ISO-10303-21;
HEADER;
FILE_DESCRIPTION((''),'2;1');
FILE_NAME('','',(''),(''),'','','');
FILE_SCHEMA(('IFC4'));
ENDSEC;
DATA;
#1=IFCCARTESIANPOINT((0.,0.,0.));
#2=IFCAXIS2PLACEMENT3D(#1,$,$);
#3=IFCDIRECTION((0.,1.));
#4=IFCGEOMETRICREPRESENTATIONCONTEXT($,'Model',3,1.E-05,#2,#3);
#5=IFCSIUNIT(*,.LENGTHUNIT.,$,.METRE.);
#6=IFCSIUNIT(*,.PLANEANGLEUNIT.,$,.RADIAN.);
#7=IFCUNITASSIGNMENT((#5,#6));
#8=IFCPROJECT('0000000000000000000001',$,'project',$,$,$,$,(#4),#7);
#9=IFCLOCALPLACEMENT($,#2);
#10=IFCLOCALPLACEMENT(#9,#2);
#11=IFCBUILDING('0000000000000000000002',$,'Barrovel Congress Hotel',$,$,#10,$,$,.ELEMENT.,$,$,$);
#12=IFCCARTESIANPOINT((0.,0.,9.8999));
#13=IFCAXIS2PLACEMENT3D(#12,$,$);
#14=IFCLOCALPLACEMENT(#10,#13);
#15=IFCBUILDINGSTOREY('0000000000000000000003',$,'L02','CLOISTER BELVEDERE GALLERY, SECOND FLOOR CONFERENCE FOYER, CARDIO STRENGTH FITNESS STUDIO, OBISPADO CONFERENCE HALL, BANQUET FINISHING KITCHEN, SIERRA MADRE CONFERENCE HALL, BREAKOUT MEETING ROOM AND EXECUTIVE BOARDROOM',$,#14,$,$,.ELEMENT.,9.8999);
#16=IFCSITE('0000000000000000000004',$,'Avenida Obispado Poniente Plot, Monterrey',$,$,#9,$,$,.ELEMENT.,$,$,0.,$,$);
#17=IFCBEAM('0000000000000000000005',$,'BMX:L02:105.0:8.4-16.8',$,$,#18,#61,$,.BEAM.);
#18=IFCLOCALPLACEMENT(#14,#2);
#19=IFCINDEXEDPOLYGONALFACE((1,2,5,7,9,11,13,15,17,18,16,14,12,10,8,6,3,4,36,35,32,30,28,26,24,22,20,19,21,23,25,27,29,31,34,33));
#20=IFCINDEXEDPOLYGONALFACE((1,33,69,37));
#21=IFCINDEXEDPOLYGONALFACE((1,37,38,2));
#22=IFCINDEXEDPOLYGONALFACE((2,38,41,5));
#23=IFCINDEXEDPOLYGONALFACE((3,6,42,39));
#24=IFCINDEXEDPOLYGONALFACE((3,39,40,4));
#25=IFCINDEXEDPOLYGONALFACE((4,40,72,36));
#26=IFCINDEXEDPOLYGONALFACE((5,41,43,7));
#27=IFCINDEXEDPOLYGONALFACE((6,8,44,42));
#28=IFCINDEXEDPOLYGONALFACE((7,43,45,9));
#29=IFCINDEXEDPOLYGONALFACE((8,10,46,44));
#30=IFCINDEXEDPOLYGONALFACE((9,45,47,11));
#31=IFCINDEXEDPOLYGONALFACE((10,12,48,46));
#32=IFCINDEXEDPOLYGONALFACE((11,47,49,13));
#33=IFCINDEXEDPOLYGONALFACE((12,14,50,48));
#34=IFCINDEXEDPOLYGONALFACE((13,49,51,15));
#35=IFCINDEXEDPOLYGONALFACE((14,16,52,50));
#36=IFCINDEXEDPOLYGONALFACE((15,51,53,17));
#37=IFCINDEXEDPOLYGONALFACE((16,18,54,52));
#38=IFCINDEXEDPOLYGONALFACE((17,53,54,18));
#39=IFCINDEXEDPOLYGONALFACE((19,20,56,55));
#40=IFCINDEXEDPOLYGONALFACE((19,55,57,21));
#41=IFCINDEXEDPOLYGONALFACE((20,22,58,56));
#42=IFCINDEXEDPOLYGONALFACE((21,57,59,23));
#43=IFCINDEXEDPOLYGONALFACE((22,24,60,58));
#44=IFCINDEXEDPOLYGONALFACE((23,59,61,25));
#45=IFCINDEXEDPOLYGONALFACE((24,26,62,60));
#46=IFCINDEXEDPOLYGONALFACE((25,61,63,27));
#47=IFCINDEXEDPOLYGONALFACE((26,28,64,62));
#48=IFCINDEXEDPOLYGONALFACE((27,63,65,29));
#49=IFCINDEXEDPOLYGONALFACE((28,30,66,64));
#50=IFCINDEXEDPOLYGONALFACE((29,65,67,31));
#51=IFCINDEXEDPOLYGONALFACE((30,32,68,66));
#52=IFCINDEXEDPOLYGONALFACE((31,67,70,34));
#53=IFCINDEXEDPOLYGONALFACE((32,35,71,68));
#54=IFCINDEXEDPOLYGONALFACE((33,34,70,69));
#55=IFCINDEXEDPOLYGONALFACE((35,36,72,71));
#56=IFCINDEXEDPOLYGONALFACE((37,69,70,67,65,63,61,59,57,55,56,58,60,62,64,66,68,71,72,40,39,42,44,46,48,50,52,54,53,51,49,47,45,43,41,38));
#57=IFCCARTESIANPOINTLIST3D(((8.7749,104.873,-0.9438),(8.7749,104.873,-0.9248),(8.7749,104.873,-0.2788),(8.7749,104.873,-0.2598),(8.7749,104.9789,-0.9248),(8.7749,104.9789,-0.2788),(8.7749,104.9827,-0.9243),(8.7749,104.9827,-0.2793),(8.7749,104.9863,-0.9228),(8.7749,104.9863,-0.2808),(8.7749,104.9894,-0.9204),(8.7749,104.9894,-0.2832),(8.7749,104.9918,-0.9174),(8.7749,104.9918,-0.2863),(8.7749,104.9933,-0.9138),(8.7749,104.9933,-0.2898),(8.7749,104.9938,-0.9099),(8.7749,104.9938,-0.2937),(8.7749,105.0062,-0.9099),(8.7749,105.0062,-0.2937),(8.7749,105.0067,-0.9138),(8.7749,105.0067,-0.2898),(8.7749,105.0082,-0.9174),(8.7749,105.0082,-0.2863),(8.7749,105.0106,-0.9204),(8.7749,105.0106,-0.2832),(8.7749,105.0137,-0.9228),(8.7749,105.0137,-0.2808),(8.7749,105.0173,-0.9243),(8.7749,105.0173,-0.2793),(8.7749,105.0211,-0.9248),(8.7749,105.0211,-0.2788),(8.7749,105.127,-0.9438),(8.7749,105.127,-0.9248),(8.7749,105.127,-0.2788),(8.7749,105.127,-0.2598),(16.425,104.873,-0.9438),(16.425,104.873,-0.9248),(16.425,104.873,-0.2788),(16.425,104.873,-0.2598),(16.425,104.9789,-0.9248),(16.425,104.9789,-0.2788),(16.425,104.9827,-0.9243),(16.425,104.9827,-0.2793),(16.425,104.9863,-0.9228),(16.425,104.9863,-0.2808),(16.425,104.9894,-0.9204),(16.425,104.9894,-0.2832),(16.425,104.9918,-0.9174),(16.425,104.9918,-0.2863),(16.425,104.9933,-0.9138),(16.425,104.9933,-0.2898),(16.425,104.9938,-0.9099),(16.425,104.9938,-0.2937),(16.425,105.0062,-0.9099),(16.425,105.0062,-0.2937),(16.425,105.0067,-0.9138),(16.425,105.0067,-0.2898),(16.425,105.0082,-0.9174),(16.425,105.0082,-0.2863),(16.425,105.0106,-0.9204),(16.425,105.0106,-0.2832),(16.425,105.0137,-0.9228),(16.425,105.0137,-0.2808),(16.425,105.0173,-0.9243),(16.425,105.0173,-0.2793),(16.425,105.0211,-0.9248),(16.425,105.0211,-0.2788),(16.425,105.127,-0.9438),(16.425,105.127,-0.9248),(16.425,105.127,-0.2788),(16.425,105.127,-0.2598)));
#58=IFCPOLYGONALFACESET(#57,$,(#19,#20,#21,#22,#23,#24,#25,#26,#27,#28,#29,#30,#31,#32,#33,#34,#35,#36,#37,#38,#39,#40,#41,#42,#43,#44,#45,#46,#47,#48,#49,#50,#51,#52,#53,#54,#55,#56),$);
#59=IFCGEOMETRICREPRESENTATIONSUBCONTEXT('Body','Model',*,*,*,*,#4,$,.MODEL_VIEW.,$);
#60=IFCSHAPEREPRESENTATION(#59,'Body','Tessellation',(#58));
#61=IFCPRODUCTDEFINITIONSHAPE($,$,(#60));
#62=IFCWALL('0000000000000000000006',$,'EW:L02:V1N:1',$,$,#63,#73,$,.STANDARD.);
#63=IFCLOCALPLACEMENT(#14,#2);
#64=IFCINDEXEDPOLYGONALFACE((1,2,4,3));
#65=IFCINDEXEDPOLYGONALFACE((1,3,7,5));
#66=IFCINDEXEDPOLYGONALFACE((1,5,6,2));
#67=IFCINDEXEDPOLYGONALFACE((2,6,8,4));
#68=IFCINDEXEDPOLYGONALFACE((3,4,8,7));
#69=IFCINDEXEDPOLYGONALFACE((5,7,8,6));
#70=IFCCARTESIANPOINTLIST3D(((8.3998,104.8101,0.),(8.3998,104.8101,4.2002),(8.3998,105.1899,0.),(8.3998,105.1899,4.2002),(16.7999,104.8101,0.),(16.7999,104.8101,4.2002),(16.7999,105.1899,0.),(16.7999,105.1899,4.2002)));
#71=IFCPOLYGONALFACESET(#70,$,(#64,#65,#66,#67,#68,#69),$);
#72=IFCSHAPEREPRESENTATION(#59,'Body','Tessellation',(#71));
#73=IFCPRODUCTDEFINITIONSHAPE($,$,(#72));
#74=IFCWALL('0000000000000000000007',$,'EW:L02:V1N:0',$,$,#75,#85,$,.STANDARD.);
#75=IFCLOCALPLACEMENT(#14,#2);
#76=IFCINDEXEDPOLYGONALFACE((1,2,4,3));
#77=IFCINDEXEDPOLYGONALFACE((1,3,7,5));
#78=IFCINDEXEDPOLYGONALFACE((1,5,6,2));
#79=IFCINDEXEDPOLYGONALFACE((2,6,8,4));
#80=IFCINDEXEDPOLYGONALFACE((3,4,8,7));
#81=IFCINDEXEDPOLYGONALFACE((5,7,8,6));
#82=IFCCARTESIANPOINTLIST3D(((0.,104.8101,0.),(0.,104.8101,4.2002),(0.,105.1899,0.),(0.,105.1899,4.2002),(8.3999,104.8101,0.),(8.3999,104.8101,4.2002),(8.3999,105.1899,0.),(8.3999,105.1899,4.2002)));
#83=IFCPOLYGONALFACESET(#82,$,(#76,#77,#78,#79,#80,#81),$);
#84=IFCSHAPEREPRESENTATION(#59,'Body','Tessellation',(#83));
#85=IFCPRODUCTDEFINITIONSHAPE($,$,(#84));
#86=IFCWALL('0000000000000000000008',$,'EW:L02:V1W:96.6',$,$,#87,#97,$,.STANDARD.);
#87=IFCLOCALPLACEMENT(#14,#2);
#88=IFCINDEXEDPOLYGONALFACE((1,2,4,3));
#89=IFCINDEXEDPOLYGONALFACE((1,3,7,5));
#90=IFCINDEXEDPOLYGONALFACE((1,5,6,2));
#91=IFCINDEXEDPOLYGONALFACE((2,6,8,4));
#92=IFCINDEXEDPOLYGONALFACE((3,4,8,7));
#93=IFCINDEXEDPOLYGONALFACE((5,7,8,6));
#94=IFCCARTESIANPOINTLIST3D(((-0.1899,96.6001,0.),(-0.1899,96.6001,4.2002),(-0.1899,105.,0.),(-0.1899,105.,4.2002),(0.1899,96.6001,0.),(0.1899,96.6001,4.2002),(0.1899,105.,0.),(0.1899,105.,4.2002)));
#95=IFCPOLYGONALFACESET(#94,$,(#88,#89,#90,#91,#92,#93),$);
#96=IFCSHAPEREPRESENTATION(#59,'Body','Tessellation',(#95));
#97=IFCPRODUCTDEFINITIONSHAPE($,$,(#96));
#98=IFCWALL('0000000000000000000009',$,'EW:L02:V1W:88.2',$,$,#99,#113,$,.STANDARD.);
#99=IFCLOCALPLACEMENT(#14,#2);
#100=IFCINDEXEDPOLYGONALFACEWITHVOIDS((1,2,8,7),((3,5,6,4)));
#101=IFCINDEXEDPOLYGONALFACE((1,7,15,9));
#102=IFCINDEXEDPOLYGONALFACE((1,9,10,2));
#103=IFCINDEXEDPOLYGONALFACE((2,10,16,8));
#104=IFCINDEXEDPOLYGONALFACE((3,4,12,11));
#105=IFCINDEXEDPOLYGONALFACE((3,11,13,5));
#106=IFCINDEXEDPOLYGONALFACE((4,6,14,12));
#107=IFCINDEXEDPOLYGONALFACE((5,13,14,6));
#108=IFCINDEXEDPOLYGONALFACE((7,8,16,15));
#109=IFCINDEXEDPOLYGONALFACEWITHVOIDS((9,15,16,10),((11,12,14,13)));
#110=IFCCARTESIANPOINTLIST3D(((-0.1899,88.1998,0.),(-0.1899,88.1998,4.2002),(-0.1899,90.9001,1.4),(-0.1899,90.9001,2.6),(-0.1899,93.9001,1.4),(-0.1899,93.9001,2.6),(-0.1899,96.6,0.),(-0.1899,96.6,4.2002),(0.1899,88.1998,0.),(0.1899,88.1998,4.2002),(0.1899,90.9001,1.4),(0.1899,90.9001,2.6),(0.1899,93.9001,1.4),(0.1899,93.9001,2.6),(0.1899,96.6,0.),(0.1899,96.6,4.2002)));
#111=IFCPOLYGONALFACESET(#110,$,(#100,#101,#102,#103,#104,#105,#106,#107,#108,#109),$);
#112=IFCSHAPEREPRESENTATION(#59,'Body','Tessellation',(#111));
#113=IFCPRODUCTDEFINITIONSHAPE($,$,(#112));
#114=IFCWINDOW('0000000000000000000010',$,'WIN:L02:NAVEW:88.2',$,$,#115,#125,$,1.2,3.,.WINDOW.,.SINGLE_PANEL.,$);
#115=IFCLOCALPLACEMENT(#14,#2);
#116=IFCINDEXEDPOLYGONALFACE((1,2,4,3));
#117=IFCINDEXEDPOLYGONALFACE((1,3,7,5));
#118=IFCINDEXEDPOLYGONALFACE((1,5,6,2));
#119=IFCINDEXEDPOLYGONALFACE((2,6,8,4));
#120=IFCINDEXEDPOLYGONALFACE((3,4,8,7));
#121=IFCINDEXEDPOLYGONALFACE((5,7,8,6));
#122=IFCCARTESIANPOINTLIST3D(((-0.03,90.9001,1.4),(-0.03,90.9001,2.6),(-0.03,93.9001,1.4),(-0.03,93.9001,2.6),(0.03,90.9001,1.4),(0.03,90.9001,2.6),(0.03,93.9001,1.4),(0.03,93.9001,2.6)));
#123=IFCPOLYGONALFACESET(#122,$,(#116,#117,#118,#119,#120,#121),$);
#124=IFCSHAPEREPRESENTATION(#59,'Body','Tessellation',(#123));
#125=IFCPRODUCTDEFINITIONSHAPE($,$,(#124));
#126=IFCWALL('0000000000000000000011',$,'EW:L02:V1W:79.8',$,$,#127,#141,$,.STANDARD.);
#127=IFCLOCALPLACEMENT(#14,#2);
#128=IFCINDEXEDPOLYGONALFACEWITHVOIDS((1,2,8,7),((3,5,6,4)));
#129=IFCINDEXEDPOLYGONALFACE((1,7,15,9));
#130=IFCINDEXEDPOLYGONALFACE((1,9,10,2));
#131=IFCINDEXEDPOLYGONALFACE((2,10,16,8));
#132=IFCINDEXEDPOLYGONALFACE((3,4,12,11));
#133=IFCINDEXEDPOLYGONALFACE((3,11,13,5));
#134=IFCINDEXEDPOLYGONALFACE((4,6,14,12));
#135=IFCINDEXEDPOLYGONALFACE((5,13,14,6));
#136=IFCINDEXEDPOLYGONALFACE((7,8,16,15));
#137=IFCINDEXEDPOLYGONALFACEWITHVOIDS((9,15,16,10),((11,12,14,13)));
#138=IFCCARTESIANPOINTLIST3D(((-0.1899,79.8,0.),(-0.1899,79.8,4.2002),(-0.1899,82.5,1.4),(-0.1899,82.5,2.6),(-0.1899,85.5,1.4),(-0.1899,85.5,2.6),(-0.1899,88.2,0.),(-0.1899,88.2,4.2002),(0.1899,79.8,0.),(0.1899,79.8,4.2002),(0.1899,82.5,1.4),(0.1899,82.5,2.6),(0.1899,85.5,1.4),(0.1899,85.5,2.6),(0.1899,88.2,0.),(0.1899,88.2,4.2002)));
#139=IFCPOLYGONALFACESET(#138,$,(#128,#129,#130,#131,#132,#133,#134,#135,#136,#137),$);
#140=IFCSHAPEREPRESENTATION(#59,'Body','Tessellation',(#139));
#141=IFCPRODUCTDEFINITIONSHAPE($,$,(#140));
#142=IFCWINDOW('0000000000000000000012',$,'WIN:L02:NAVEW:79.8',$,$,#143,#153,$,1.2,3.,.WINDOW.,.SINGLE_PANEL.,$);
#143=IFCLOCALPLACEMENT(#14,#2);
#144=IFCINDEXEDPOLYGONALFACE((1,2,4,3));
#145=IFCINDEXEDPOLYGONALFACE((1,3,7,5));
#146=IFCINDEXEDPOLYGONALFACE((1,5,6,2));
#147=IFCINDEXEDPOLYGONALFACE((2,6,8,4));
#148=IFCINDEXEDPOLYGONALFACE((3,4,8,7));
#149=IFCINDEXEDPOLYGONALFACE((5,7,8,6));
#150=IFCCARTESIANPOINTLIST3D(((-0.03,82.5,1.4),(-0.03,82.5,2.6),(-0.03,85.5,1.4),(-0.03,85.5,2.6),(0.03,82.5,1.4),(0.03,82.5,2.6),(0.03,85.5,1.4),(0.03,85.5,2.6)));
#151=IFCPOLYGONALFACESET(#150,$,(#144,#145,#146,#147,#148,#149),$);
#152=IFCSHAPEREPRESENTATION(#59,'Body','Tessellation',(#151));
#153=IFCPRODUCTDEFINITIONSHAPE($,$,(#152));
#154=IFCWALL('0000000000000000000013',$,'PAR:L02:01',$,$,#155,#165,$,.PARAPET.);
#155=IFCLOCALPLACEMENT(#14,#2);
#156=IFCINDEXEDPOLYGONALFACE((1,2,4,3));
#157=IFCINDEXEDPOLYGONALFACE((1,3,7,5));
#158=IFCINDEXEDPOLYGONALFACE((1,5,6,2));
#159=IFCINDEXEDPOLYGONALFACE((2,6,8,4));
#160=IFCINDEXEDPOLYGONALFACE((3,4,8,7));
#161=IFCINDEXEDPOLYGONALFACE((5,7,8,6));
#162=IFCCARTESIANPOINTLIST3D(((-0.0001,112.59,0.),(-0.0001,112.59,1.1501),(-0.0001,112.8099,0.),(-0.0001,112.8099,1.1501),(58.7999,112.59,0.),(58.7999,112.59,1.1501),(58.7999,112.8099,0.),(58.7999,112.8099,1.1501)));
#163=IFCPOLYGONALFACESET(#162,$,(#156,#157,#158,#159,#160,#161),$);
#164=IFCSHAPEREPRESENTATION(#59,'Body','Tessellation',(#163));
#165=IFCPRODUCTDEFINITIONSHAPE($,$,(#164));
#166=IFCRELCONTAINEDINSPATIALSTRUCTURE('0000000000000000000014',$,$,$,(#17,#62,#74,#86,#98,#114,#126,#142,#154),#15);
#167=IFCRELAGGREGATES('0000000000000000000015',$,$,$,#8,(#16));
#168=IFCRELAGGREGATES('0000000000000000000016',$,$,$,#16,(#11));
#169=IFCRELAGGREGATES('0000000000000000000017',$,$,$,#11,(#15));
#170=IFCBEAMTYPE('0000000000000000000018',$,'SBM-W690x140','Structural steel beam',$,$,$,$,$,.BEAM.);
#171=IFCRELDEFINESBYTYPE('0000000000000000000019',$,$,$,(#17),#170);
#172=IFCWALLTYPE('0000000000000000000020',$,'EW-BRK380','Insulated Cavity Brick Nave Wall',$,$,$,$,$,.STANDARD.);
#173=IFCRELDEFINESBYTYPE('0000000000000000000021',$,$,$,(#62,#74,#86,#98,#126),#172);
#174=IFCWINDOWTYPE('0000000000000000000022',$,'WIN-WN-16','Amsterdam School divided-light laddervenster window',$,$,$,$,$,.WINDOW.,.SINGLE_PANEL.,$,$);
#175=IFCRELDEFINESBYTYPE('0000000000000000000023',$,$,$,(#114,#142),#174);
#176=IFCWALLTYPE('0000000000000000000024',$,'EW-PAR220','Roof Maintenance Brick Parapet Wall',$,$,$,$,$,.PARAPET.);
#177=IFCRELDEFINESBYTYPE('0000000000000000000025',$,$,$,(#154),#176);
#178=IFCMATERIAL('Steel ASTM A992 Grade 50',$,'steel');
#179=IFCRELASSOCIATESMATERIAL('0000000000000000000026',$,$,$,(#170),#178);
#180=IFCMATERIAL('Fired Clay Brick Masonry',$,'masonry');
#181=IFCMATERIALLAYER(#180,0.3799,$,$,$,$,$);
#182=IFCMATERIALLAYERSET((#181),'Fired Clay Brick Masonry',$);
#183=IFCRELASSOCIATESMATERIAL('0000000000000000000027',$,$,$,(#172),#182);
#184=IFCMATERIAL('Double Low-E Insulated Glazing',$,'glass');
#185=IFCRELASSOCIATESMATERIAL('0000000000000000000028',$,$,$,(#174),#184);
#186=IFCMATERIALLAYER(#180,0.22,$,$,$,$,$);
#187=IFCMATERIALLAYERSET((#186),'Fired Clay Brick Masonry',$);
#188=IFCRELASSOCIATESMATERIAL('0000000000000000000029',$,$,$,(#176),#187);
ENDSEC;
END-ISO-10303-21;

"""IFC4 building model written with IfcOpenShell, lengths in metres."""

from ifc_helpers import new_model, si_unit, direction, frame, frame_2d, origin, origin_2d, place, context, subcontext, project, spatial, rectangle, i_section, extrude, material, layer, layer_set, material_profile, profile_set, type_object, element, fill, save


model = new_model("IFC4")

# Units and contexts
model_context = context("Model", 3, precision=1e-05, world=origin(), true_north=direction((0.0, 1.0)))
body_context = subcontext(model_context, "Body", "Model", "MODEL_VIEW")
ifc_project = project(units=[si_unit("LENGTHUNIT", "METRE"), si_unit("PLANEANGLEUNIT", "RADIAN")], contexts=[model_context])

# Site, building, storey
site_placement = place(None, origin())
site = spatial("IfcSite", under=ifc_project, at=site_placement, Name="Avenida Obispado Poniente Plot, Monterrey", CompositionType="ELEMENT", RefElevation=0.0)
building_placement = place(site_placement, origin())
building = spatial("IfcBuilding", under=site, at=building_placement, Name="Barrovel Congress Hotel", CompositionType="ELEMENT")
storey_placement = place(building_placement, frame((0.0, 0.0, 9.8999)))
storey = spatial("IfcBuildingStorey", under=building, at=storey_placement, Name="L02", Description="CLOISTER BELVEDERE GALLERY, SECOND FLOOR CONFERENCE FOYER, CARDIO STRENGTH FITNESS STUDIO, OBISPADO CONFERENCE HALL, BANQUET FINISHING KITCHEN, SIERRA MADRE CONFERENCE HALL, BREAKOUT MEETING ROOM AND EXECUTIVE BOARDROOM", CompositionType="ELEMENT", Elevation=9.8999)

# Beam
ifc_material_1 = material(Name="Steel ASTM A992 Grade 50", Category="steel")
ifc_material_profile_1 = material_profile(ifc_material_1, i_section(OverallWidth=0.2539, OverallDepth=0.6841, WebThickness=0.0125, FlangeThickness=0.019, FilletRadius=0.0149, at=origin_2d()), Name="W690x140")
ifc_profile_set_1 = profile_set([ifc_material_profile_1], Name="Steel ASTM A992 Grade 50")
beam_type_1 = type_object("IfcBeamType", Name="SBM-W690x140", Description="Structural steel beam", PredefinedType="BEAM", material=ifc_profile_set_1)
beam_1_placement = place(storey_placement, frame((8.7749, 105.0, -0.6018), z_axis=(1.0, 0.0, 0.0), x_axis=(0.0, 1.0, 0.0)))
element("IfcBeam", 1, at=beam_1_placement, inside=storey, type_object=beam_type_1, Name="BMX:L02:105.0:8.4-16.8", PredefinedType="BEAM", context=body_context, shape_type="SweptSolid", body=[
    extrude(i_section(OverallWidth=0.2539, OverallDepth=0.6841, WebThickness=0.0125, FlangeThickness=0.019, FilletRadius=0.0149, at=origin_2d()), origin(), (0.0, 0.0, 1.0), 7.6501),
])

# Walls
ifc_material_2 = material(Name="Fired Clay Brick Masonry", Category="masonry")
ifc_layer_1 = layer(ifc_material_2, 0.3799)
ifc_layer_set_1 = layer_set([ifc_layer_1], Name="Fired Clay Brick Masonry")
wall_type_1 = type_object("IfcWallType", Name="EW-BRK380", Description="Insulated Cavity Brick Nave Wall", PredefinedType="STANDARD", material=ifc_layer_set_1)
wall_1_placement = place(storey_placement, frame((16.8, 105.0, 0.0), z_axis=(0.0, 0.0, 1.0), x_axis=(-1.0, 0.0, 0.0)))
element("IfcWall", 2, at=wall_1_placement, inside=storey, type_object=wall_type_1, Name="EW:L02:V1N:1", PredefinedType="STANDARD", context=body_context, shape_type="SweptSolid", body=[
    extrude(rectangle(XDim=8.4001, YDim=0.3799, at=frame_2d((4.2002, 0.0))), origin(), (0.0, 0.0, 1.0), 4.2002),
])
for number, where, z_axis, x_axis, name in (
    (3, (8.3999, 105.0, 0.0), (0.0, 0.0, 1.0), (-1.0, 0.0, 0.0), "EW:L02:V1N:0"),
    (4, (0.0, 105.0, 0.0), (0.0, 0.0, 1.0), (0.0, -1.0, 0.0), "EW:L02:V1W:96.6"),
):
    element("IfcWall", number, at=place(storey_placement, frame(where, z_axis=z_axis, x_axis=x_axis)), inside=storey, type_object=wall_type_1, Name=name, PredefinedType="STANDARD", context=body_context, shape_type="SweptSolid", body=[
        extrude(rectangle(XDim=8.3999, YDim=0.3799, at=frame_2d((4.2, 0.0))), origin(), (0.0, 0.0, 1.0), 4.2002),
    ])

# Walls, openings, windows
wall_2_placement = place(storey_placement, frame((0.0, 96.6001, 0.0), z_axis=(0.0, 0.0, 1.0), x_axis=(0.0, -1.0, 0.0)))
wall_2 = element("IfcWall", 5, at=wall_2_placement, inside=storey, type_object=wall_type_1, Name="EW:L02:V1W:88.2", PredefinedType="STANDARD", context=body_context, shape_type="SweptSolid", body=[
    extrude(rectangle(XDim=8.4001, YDim=0.3799, at=frame_2d((4.2002, 0.0))), origin(), (0.0, 0.0, 1.0), 4.2002),
])
opening_1_placement = place(wall_2_placement, frame((2.7, 0.0, 1.3999)))
opening_1 = element("IfcOpeningElement", 6, at=opening_1_placement, cuts=wall_2, PredefinedType="OPENING", context=body_context, shape_type="SweptSolid", body=[
    extrude(rectangle(XDim=3.0, YDim=1.2, at=frame_2d((1.5, 0.6001))), frame((0.0, 0.2, 0.0), z_axis=(0.0, -1.0, 0.0), x_axis=(1.0, 0.0, 0.0)), (0.0, 0.0, 1.0), 0.3999),
])
ifc_material_3 = material(Name="Double Low-E Insulated Glazing", Category="glass")
window_type = type_object("IfcWindowType", Name="WIN-WN-16", Description="Amsterdam School divided-light laddervenster window", PartitioningType="SINGLE_PANEL", PredefinedType="WINDOW", material=ifc_material_3)
window_1_placement = place(opening_1_placement, origin())
window_1 = element("IfcWindow", 7, at=window_1_placement, inside=storey, type_object=window_type, Name="WIN:L02:NAVEW:88.2", OverallHeight=1.2, OverallWidth=3.0, PartitioningType="SINGLE_PANEL", PredefinedType="WINDOW", context=body_context, shape_type="SweptSolid", body=[
    extrude(rectangle(XDim=3.0, YDim=1.2, at=frame_2d((1.5, 0.6001))), frame((0.0, 0.03, 0.0), z_axis=(0.0, -1.0, 0.0), x_axis=(1.0, 0.0, 0.0)), (0.0, 0.0, 1.0), 0.0601),
])
fill(opening_1, window_1)
wall_3_placement = place(storey_placement, frame((0.0, 88.2, 0.0), z_axis=(0.0, 0.0, 1.0), x_axis=(0.0, -1.0, 0.0)))
wall_3 = element("IfcWall", 8, at=wall_3_placement, inside=storey, type_object=wall_type_1, Name="EW:L02:V1W:79.8", PredefinedType="STANDARD", context=body_context, shape_type="SweptSolid", body=[
    extrude(rectangle(XDim=8.3999, YDim=0.3799, at=frame_2d((4.2, 0.0))), origin(), (0.0, 0.0, 1.0), 4.2002),
])
opening_2_placement = place(wall_3_placement, frame((2.7, 0.0, 1.3999)))
opening_2 = element("IfcOpeningElement", 9, at=opening_2_placement, cuts=wall_3, PredefinedType="OPENING", context=body_context, shape_type="SweptSolid", body=[
    extrude(rectangle(XDim=3.0, YDim=1.2, at=frame_2d((1.5, 0.6001))), frame((0.0, 0.2, 0.0), z_axis=(0.0, -1.0, 0.0), x_axis=(1.0, 0.0, 0.0)), (0.0, 0.0, 1.0), 0.3999),
])
window_2_placement = place(opening_2_placement, origin())
window_2 = element("IfcWindow", 10, at=window_2_placement, inside=storey, type_object=window_type, Name="WIN:L02:NAVEW:79.8", OverallHeight=1.2, OverallWidth=3.0, PartitioningType="SINGLE_PANEL", PredefinedType="WINDOW", context=body_context, shape_type="SweptSolid", body=[
    extrude(rectangle(XDim=3.0, YDim=1.2, at=frame_2d((1.5, 0.6001))), frame((0.0, 0.03, 0.0), z_axis=(0.0, -1.0, 0.0), x_axis=(1.0, 0.0, 0.0)), (0.0, 0.0, 1.0), 0.0601),
])
fill(opening_2, window_2)

# Wall
ifc_layer_2 = layer(ifc_material_2, 0.22)
ifc_layer_set_2 = layer_set([ifc_layer_2], Name="Fired Clay Brick Masonry")
wall_type_2 = type_object("IfcWallType", Name="EW-PAR220", Description="Roof Maintenance Brick Parapet Wall", PredefinedType="PARAPET", material=ifc_layer_set_2)
wall_4_placement = place(storey_placement, frame((0.0, 112.7, 0.0), z_axis=(0.0, 0.0, 1.0), x_axis=(1.0, 0.0, 0.0)))
element("IfcWall", 11, at=wall_4_placement, inside=storey, type_object=wall_type_2, Name="PAR:L02:01", PredefinedType="PARAPET", context=body_context, shape_type="SweptSolid", body=[
    extrude(rectangle(XDim=58.8, YDim=0.22, at=frame_2d((29.3999, 0.0))), origin(), (0.0, 0.0, 1.0), 1.1501),
])

save(model, "model.ifc")
